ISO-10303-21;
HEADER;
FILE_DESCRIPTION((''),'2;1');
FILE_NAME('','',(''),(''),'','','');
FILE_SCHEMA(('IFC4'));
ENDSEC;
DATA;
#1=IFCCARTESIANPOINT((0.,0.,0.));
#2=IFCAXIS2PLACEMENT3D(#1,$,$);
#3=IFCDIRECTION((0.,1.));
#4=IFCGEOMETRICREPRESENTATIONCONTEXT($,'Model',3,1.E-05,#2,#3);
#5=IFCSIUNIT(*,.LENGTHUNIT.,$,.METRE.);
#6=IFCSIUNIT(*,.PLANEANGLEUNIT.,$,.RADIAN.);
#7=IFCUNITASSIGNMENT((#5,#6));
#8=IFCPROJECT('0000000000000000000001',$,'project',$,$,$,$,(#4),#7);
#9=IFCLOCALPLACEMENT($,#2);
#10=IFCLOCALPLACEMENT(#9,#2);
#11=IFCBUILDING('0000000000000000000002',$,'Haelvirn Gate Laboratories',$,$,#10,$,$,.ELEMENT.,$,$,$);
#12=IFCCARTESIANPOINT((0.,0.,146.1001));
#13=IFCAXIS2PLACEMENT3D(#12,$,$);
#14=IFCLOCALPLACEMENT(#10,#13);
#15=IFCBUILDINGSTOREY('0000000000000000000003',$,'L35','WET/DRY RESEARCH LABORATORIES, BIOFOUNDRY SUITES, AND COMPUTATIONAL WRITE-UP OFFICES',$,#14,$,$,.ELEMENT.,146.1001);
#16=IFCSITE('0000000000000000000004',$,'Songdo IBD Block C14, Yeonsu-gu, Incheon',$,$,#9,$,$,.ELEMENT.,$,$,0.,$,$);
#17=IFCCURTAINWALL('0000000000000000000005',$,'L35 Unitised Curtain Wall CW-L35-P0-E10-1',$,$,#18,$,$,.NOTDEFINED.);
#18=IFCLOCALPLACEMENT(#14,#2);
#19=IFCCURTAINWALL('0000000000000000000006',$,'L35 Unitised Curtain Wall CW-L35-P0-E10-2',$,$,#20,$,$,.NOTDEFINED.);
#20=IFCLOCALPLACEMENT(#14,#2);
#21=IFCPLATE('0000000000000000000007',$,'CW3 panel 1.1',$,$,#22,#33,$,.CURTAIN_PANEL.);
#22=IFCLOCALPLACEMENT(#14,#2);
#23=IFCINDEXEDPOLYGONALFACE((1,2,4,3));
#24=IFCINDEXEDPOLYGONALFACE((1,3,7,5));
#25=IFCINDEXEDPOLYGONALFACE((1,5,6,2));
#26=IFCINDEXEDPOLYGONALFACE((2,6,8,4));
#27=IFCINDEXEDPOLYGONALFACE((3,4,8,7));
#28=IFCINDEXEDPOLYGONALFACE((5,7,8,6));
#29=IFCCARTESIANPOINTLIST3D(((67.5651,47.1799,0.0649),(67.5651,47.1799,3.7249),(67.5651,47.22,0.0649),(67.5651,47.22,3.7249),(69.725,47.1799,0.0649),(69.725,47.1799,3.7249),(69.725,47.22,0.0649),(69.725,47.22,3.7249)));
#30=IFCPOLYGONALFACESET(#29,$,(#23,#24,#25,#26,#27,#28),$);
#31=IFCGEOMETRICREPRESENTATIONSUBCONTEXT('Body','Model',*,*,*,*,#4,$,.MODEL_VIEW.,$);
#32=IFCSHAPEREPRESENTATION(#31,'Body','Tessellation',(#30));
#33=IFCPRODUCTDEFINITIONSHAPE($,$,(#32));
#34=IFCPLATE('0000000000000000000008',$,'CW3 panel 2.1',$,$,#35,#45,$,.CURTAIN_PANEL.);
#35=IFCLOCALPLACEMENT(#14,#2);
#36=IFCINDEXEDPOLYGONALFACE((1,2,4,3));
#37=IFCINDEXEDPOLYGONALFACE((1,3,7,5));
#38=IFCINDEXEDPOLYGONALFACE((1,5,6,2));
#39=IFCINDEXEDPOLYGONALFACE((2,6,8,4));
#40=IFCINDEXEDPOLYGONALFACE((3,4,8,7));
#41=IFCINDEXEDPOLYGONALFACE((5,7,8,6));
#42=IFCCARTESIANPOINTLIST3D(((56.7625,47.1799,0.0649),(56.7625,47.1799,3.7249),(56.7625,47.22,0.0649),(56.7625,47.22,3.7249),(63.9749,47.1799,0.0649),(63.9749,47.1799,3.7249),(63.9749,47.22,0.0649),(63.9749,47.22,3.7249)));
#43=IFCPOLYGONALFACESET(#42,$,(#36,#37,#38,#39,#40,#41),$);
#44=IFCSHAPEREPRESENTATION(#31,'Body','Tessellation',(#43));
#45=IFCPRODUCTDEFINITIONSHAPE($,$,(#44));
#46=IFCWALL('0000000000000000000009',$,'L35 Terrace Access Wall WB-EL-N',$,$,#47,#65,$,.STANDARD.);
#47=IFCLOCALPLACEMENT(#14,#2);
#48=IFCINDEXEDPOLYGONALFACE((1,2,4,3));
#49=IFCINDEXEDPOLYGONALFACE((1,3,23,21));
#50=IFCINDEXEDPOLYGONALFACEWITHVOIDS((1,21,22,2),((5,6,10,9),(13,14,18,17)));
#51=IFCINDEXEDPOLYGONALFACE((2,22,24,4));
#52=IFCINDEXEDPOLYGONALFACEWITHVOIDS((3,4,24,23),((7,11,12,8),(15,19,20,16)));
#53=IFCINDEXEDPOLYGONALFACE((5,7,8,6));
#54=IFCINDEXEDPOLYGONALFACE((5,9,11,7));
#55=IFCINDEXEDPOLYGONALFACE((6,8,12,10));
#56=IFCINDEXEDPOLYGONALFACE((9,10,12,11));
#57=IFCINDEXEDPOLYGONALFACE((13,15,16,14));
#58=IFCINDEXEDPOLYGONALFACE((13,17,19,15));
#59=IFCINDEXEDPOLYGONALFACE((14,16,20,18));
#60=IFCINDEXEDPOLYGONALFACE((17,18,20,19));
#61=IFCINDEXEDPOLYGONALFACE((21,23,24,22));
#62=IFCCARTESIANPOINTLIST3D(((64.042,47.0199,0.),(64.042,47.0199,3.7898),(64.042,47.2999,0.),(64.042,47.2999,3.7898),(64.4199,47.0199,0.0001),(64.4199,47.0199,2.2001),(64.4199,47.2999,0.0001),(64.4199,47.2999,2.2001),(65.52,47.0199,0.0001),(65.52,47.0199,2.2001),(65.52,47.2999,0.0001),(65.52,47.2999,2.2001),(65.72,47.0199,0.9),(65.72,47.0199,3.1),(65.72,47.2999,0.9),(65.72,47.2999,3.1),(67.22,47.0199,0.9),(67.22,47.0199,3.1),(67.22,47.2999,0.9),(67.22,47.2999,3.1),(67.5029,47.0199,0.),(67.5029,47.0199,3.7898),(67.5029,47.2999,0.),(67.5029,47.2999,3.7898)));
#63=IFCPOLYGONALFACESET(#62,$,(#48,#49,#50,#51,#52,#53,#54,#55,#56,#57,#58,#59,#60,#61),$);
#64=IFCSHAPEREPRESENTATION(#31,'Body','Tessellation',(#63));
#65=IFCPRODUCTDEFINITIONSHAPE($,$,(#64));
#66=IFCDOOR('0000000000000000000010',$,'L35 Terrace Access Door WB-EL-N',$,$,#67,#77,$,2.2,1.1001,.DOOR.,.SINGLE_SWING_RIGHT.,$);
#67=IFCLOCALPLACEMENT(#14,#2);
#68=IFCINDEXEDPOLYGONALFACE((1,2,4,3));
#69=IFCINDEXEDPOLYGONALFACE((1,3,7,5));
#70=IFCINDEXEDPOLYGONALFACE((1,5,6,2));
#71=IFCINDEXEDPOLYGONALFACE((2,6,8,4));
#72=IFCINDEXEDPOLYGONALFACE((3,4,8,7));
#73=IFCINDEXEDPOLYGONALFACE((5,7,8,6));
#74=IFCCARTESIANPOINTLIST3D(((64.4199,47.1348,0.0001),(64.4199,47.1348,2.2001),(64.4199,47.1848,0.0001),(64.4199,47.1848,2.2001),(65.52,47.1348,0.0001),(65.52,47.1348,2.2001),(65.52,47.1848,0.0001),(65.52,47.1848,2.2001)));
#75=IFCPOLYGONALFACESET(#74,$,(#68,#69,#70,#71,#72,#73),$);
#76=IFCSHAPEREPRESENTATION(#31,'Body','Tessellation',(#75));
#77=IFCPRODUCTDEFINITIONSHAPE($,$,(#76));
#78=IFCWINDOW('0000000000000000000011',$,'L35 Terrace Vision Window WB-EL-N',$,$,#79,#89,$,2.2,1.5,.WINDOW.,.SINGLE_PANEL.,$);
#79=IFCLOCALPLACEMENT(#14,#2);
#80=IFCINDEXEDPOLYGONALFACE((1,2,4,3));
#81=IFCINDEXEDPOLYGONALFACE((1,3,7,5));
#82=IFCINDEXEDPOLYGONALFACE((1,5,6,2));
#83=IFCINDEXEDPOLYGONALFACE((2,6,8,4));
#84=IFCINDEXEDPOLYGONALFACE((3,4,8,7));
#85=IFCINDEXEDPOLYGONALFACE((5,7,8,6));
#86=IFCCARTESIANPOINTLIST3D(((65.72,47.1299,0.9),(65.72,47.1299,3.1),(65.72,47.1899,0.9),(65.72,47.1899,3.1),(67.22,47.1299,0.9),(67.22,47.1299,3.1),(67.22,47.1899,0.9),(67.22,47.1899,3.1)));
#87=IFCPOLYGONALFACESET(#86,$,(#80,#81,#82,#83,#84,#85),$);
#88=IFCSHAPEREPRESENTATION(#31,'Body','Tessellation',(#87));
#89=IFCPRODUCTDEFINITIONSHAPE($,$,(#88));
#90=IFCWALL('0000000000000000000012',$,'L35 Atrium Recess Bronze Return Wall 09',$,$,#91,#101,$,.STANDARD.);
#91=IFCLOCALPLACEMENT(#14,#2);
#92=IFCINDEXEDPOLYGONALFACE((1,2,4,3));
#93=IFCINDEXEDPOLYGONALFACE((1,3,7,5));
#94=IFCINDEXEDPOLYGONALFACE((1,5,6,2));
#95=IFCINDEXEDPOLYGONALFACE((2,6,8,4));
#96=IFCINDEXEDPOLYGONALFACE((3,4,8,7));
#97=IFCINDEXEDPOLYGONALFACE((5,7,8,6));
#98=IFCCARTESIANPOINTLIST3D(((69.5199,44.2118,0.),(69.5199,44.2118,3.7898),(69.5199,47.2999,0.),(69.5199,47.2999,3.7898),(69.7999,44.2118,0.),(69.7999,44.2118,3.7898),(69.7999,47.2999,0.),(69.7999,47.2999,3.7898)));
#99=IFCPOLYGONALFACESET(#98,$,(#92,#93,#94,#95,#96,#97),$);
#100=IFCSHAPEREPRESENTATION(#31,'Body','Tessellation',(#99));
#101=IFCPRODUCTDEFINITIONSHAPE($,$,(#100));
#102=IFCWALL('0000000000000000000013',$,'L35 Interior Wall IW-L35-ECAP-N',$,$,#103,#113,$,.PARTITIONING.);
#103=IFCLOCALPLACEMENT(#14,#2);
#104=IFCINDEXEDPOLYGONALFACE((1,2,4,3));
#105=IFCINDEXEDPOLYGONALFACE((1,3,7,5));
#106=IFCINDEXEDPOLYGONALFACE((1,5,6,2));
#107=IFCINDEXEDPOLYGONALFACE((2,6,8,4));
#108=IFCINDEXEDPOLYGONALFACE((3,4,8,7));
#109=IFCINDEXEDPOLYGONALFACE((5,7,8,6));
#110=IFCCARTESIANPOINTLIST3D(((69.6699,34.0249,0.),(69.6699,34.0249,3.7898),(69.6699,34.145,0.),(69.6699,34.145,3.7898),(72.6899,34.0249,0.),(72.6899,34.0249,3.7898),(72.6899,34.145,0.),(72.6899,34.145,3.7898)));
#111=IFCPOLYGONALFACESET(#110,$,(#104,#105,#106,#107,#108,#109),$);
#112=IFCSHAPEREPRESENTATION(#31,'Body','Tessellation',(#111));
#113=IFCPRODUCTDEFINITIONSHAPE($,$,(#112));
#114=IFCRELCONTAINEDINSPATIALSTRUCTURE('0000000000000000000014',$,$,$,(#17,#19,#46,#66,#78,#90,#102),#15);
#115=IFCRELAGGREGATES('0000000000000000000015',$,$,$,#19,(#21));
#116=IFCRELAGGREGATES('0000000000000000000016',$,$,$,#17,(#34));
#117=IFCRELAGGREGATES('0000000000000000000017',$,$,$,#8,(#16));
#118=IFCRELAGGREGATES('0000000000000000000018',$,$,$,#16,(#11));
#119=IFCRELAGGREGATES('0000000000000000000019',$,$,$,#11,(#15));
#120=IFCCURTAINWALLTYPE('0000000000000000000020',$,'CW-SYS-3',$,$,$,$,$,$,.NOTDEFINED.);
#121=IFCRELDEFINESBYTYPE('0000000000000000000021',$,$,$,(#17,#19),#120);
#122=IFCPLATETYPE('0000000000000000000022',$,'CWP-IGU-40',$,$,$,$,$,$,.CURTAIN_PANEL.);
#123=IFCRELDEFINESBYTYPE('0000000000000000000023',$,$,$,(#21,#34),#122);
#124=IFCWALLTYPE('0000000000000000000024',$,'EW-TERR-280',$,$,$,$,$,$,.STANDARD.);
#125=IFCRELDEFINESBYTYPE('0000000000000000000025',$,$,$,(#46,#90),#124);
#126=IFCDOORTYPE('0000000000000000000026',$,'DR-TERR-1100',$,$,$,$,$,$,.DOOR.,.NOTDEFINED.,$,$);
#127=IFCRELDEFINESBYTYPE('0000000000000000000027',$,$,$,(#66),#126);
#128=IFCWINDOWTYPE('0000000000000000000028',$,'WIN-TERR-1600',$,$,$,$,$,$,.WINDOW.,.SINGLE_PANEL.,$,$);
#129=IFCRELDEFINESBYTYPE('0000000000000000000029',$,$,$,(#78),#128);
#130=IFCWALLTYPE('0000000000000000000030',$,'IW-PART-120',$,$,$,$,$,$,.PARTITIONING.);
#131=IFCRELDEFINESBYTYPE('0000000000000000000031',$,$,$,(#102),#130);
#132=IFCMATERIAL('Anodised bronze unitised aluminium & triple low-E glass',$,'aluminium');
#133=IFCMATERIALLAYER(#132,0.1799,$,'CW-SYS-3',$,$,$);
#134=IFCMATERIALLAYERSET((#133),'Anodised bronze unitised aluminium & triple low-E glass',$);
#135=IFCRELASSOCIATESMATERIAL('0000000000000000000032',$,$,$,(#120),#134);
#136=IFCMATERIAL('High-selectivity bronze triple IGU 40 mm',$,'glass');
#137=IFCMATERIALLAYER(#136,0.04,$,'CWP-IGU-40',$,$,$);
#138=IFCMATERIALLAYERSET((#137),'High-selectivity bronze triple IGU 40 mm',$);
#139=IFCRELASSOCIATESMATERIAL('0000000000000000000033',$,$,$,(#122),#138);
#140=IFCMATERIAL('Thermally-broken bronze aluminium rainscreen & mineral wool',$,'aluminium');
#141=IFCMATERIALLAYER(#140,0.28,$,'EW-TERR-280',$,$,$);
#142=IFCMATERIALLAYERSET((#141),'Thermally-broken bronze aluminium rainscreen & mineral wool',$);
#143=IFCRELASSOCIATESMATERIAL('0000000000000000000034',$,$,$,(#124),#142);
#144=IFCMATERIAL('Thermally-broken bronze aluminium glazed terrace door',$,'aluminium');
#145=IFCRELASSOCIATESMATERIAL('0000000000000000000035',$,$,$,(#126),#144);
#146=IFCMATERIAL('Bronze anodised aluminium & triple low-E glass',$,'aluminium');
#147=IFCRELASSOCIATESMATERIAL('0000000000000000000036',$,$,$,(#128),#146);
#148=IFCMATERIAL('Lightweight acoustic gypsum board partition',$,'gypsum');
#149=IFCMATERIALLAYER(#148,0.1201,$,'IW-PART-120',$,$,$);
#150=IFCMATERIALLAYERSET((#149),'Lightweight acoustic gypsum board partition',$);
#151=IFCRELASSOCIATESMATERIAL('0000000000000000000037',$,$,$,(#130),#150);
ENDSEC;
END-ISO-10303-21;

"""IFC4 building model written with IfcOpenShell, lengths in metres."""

from ifc_helpers import new_model, si_unit, direction, frame, frame_2d, origin, origin_2d, place, context, subcontext, project, spatial, rectangle, extrude, source, transform, mapped, material, layer, layer_set, type_object, type_shapes, element, fill, aggregate, save


model = new_model("IFC4")

# Units and contexts
model_context = context("Model", 3, precision=1e-05, world=origin(), true_north=direction((0.0, 1.0)))
body_context = subcontext(model_context, "Body", "Model", "MODEL_VIEW")
ifc_project = project(units=[si_unit("LENGTHUNIT", "METRE"), si_unit("PLANEANGLEUNIT", "RADIAN")], contexts=[model_context])

# Site, building, storey
site_placement = place(None, origin())
site = spatial("IfcSite", under=ifc_project, at=site_placement, Name="Songdo IBD Block C14, Yeonsu-gu, Incheon", CompositionType="ELEMENT", RefElevation=0.0)
building_placement = place(site_placement, origin())
building = spatial("IfcBuilding", under=site, at=building_placement, Name="Haelvirn Gate Laboratories", CompositionType="ELEMENT")
storey_placement = place(building_placement, frame((0.0, 0.0, 146.1001)))
storey = spatial("IfcBuildingStorey", under=building, at=storey_placement, Name="L35", Description="WET/DRY RESEARCH LABORATORIES, BIOFOUNDRY SUITES, AND COMPUTATIONAL WRITE-UP OFFICES", CompositionType="ELEMENT", Elevation=146.1001)

# Shared definitions
ifc_material_1 = material(Name="Anodised bronze unitised aluminium & triple low-E glass", Category="aluminium")

# Curtain wall
ifc_layer_1 = layer(ifc_material_1, 0.1799, Name="CW-SYS-3")
ifc_layer_set_1 = layer_set([ifc_layer_1], Name="Anodised bronze unitised aluminium & triple low-E glass")
curtain_wall_type_1 = type_object("IfcCurtainWallType", Name="CW-SYS-3", PredefinedType="NOTDEFINED", material=ifc_layer_set_1)
curtain_wall_1_placement = place(storey_placement, origin())
curtain_wall_1 = element("IfcCurtainWall", 1, at=curtain_wall_1_placement, inside=storey, type_object=curtain_wall_type_1, Name="L35 Unitised Curtain Wall CW-L35-P0-E10-1", PredefinedType="NOTDEFINED")

# Curtain wall
curtain_wall_2_placement = place(storey_placement, origin())
curtain_wall_2 = element("IfcCurtainWall", 2, at=curtain_wall_2_placement, inside=storey, type_object=curtain_wall_type_1, Name="L35 Unitised Curtain Wall CW-L35-P0-E10-2", PredefinedType="NOTDEFINED")

# Plates
ifc_material_2 = material(Name="High-selectivity bronze triple IGU 40 mm", Category="glass")
ifc_layer_2 = layer(ifc_material_2, 0.04, Name="CWP-IGU-40")
ifc_layer_set_2 = layer_set([ifc_layer_2], Name="High-selectivity bronze triple IGU 40 mm")
plate_type_1 = type_object("IfcPlateType", Name="CWP-IGU-40", PredefinedType="CURTAIN_PANEL", material=ifc_layer_set_2)
shared_shape_1 = source(origin(), body_context, "Body", "SweptSolid", [
    extrude(rectangle(XDim=2.1599, YDim=0.04, at=origin_2d()), origin(), (0.0, 0.0, 1.0), 3.6599),
])
plate_1_placement = place(storey_placement, frame((68.645, 47.2, 0.0649), z_axis=(0.0, 0.0, 1.0), x_axis=(1.0, 0.0, 0.0)))
plate_1 = element("IfcPlate", 3, at=plate_1_placement, type_object=plate_type_1, Name="CW3 panel 1.1", PredefinedType="CURTAIN_PANEL", context=body_context, shape_type="MappedRepresentation", body=[
    mapped(shared_shape_1, transform((0.0, 0.0, 0.0), scale=1.0)),
])
aggregate(curtain_wall_2, [plate_1])
shared_shape_2 = source(origin(), body_context, "Body", "SweptSolid", [
    extrude(rectangle(XDim=7.2124, YDim=0.04, at=origin_2d()), origin(), (0.0, 0.0, 1.0), 3.6599),
])
plate_2_placement = place(storey_placement, frame((60.3687, 47.2, 0.0649), z_axis=(0.0, 0.0, 1.0), x_axis=(1.0, 0.0, 0.0)))
plate_2 = element("IfcPlate", 4, at=plate_2_placement, type_object=plate_type_1, Name="CW3 panel 2.1", PredefinedType="CURTAIN_PANEL", context=body_context, shape_type="MappedRepresentation", body=[
    mapped(shared_shape_2, transform((0.0, 0.0, 0.0), scale=1.0)),
])
aggregate(curtain_wall_1, [plate_2])

# Wall, openings, door, window
ifc_material_3 = material(Name="Thermally-broken bronze aluminium rainscreen & mineral wool", Category="aluminium")
ifc_layer_3 = layer(ifc_material_3, 0.28, Name="EW-TERR-280")
ifc_layer_set_3 = layer_set([ifc_layer_3], Name="Thermally-broken bronze aluminium rainscreen & mineral wool")
wall_type_1 = type_object("IfcWallType", Name="EW-TERR-280", PredefinedType="STANDARD", material=ifc_layer_set_3)
wall_1_placement = place(storey_placement, frame((64.042, 47.1599, 0.0), z_axis=(0.0, 0.0, 1.0), x_axis=(1.0, 0.0, 0.0)))
wall_1 = element("IfcWall", 5, at=wall_1_placement, inside=storey, type_object=wall_type_1, Name="L35 Terrace Access Wall WB-EL-N", PredefinedType="STANDARD", context=body_context, shape_type="SweptSolid", body=[
    extrude(rectangle(XDim=3.4609, YDim=0.28, at=frame_2d((1.7305, 0.0))), origin(), (0.0, 0.0, 1.0), 3.7898),
])
opening_1_placement = place(wall_1_placement, frame((0.3779, 0.0, 0.0)))
opening_1 = element("IfcOpeningElement", 6, at=opening_1_placement, cuts=wall_1, PredefinedType="OPENING", context=body_context, shape_type="SweptSolid", body=[
    extrude(rectangle(XDim=1.1001, YDim=2.2, at=frame_2d((0.55, 1.1001))), frame((0.0, 0.1499, 0.0), z_axis=(0.0, -1.0, 0.0), x_axis=(1.0, 0.0, 0.0)), (0.0, 0.0, 1.0), 0.3),
])
opening_2_placement = place(wall_1_placement, frame((1.678, 0.0, 0.8999)))
opening_2 = element("IfcOpeningElement", 7, at=opening_2_placement, cuts=wall_1, PredefinedType="OPENING", context=body_context, shape_type="SweptSolid", body=[
    extrude(rectangle(XDim=1.5, YDim=2.2, at=frame_2d((0.75, 1.1001))), frame((0.0, 0.1499, 0.0), z_axis=(0.0, -1.0, 0.0), x_axis=(1.0, 0.0, 0.0)), (0.0, 0.0, 1.0), 0.3),
])
ifc_material_4 = material(Name="Thermally-broken bronze aluminium glazed terrace door", Category="aluminium")
door_type = type_object("IfcDoorType", Name="DR-TERR-1100", OperationType="NOTDEFINED", PredefinedType="DOOR", material=ifc_material_4)
shared_shape_3 = source(origin(), body_context, "Body", "SweptSolid", [
    extrude(rectangle(XDim=1.1001, YDim=2.2, at=frame_2d((0.55, 1.1001))), frame((0.0, 0.0249, 0.0), z_axis=(0.0, -1.0, 0.0), x_axis=(1.0, 0.0, 0.0)), (0.0, 0.0, 1.0), 0.05),
])
type_shapes(door_type, [shared_shape_3])
door_placement = place(opening_1_placement, origin())
door = element("IfcDoor", 8, at=door_placement, inside=storey, type_object=door_type, Name="L35 Terrace Access Door WB-EL-N", OperationType="SINGLE_SWING_RIGHT", OverallHeight=2.2, OverallWidth=1.1001, PredefinedType="DOOR", context=body_context, shape_type="MappedRepresentation", body=[
    mapped(shared_shape_3, transform((0.0, 0.0, 0.0), scale=1.0)),
])
fill(opening_1, door)
ifc_material_5 = material(Name="Bronze anodised aluminium & triple low-E glass", Category="aluminium")
window_type = type_object("IfcWindowType", Name="WIN-TERR-1600", PartitioningType="SINGLE_PANEL", PredefinedType="WINDOW", material=ifc_material_5)
shared_shape_4 = source(origin(), body_context, "Body", "SweptSolid", [
    extrude(rectangle(XDim=1.5, YDim=2.2, at=frame_2d((0.75, 1.1001))), frame((0.0, 0.03, 0.0), z_axis=(0.0, -1.0, 0.0), x_axis=(1.0, 0.0, 0.0)), (0.0, 0.0, 1.0), 0.0601),
])
type_shapes(window_type, [shared_shape_4])
window_placement = place(opening_2_placement, origin())
window = element("IfcWindow", 9, at=window_placement, inside=storey, type_object=window_type, Name="L35 Terrace Vision Window WB-EL-N", OverallHeight=2.2, OverallWidth=1.5, PartitioningType="SINGLE_PANEL", PredefinedType="WINDOW", context=body_context, shape_type="MappedRepresentation", body=[
    mapped(shared_shape_4, transform((0.0, 0.0, 0.0), scale=1.0)),
])
fill(opening_2, window)

# Walls
wall_2_placement = place(storey_placement, frame((69.6599, 44.2119, 0.0), z_axis=(0.0, 0.0, 1.0), x_axis=(0.0, 1.0, 0.0)))
element("IfcWall", 10, at=wall_2_placement, inside=storey, type_object=wall_type_1, Name="L35 Atrium Recess Bronze Return Wall 09", PredefinedType="STANDARD", context=body_context, shape_type="SweptSolid", body=[
    extrude(rectangle(XDim=3.0881, YDim=0.28, at=frame_2d((1.5439, 0.0))), origin(), (0.0, 0.0, 1.0), 3.7898),
])
ifc_material_6 = material(Name="Lightweight acoustic gypsum board partition", Category="gypsum")
ifc_layer_4 = layer(ifc_material_6, 0.1201, Name="IW-PART-120")
ifc_layer_set_4 = layer_set([ifc_layer_4], Name="Lightweight acoustic gypsum board partition")
wall_type_2 = type_object("IfcWallType", Name="IW-PART-120", PredefinedType="PARTITIONING", material=ifc_layer_set_4)
wall_3_placement = place(storey_placement, frame((69.6699, 34.085, 0.0), z_axis=(0.0, 0.0, 1.0), x_axis=(1.0, 0.0, 0.0)))
element("IfcWall", 11, at=wall_3_placement, inside=storey, type_object=wall_type_2, Name="L35 Interior Wall IW-L35-ECAP-N", PredefinedType="PARTITIONING", context=body_context, shape_type="SweptSolid", body=[
    extrude(rectangle(XDim=3.02, YDim=0.1201, at=frame_2d((1.51, 0.0))), origin(), (0.0, 0.0, 1.0), 3.7898),
])

save(model, "model.ifc")
